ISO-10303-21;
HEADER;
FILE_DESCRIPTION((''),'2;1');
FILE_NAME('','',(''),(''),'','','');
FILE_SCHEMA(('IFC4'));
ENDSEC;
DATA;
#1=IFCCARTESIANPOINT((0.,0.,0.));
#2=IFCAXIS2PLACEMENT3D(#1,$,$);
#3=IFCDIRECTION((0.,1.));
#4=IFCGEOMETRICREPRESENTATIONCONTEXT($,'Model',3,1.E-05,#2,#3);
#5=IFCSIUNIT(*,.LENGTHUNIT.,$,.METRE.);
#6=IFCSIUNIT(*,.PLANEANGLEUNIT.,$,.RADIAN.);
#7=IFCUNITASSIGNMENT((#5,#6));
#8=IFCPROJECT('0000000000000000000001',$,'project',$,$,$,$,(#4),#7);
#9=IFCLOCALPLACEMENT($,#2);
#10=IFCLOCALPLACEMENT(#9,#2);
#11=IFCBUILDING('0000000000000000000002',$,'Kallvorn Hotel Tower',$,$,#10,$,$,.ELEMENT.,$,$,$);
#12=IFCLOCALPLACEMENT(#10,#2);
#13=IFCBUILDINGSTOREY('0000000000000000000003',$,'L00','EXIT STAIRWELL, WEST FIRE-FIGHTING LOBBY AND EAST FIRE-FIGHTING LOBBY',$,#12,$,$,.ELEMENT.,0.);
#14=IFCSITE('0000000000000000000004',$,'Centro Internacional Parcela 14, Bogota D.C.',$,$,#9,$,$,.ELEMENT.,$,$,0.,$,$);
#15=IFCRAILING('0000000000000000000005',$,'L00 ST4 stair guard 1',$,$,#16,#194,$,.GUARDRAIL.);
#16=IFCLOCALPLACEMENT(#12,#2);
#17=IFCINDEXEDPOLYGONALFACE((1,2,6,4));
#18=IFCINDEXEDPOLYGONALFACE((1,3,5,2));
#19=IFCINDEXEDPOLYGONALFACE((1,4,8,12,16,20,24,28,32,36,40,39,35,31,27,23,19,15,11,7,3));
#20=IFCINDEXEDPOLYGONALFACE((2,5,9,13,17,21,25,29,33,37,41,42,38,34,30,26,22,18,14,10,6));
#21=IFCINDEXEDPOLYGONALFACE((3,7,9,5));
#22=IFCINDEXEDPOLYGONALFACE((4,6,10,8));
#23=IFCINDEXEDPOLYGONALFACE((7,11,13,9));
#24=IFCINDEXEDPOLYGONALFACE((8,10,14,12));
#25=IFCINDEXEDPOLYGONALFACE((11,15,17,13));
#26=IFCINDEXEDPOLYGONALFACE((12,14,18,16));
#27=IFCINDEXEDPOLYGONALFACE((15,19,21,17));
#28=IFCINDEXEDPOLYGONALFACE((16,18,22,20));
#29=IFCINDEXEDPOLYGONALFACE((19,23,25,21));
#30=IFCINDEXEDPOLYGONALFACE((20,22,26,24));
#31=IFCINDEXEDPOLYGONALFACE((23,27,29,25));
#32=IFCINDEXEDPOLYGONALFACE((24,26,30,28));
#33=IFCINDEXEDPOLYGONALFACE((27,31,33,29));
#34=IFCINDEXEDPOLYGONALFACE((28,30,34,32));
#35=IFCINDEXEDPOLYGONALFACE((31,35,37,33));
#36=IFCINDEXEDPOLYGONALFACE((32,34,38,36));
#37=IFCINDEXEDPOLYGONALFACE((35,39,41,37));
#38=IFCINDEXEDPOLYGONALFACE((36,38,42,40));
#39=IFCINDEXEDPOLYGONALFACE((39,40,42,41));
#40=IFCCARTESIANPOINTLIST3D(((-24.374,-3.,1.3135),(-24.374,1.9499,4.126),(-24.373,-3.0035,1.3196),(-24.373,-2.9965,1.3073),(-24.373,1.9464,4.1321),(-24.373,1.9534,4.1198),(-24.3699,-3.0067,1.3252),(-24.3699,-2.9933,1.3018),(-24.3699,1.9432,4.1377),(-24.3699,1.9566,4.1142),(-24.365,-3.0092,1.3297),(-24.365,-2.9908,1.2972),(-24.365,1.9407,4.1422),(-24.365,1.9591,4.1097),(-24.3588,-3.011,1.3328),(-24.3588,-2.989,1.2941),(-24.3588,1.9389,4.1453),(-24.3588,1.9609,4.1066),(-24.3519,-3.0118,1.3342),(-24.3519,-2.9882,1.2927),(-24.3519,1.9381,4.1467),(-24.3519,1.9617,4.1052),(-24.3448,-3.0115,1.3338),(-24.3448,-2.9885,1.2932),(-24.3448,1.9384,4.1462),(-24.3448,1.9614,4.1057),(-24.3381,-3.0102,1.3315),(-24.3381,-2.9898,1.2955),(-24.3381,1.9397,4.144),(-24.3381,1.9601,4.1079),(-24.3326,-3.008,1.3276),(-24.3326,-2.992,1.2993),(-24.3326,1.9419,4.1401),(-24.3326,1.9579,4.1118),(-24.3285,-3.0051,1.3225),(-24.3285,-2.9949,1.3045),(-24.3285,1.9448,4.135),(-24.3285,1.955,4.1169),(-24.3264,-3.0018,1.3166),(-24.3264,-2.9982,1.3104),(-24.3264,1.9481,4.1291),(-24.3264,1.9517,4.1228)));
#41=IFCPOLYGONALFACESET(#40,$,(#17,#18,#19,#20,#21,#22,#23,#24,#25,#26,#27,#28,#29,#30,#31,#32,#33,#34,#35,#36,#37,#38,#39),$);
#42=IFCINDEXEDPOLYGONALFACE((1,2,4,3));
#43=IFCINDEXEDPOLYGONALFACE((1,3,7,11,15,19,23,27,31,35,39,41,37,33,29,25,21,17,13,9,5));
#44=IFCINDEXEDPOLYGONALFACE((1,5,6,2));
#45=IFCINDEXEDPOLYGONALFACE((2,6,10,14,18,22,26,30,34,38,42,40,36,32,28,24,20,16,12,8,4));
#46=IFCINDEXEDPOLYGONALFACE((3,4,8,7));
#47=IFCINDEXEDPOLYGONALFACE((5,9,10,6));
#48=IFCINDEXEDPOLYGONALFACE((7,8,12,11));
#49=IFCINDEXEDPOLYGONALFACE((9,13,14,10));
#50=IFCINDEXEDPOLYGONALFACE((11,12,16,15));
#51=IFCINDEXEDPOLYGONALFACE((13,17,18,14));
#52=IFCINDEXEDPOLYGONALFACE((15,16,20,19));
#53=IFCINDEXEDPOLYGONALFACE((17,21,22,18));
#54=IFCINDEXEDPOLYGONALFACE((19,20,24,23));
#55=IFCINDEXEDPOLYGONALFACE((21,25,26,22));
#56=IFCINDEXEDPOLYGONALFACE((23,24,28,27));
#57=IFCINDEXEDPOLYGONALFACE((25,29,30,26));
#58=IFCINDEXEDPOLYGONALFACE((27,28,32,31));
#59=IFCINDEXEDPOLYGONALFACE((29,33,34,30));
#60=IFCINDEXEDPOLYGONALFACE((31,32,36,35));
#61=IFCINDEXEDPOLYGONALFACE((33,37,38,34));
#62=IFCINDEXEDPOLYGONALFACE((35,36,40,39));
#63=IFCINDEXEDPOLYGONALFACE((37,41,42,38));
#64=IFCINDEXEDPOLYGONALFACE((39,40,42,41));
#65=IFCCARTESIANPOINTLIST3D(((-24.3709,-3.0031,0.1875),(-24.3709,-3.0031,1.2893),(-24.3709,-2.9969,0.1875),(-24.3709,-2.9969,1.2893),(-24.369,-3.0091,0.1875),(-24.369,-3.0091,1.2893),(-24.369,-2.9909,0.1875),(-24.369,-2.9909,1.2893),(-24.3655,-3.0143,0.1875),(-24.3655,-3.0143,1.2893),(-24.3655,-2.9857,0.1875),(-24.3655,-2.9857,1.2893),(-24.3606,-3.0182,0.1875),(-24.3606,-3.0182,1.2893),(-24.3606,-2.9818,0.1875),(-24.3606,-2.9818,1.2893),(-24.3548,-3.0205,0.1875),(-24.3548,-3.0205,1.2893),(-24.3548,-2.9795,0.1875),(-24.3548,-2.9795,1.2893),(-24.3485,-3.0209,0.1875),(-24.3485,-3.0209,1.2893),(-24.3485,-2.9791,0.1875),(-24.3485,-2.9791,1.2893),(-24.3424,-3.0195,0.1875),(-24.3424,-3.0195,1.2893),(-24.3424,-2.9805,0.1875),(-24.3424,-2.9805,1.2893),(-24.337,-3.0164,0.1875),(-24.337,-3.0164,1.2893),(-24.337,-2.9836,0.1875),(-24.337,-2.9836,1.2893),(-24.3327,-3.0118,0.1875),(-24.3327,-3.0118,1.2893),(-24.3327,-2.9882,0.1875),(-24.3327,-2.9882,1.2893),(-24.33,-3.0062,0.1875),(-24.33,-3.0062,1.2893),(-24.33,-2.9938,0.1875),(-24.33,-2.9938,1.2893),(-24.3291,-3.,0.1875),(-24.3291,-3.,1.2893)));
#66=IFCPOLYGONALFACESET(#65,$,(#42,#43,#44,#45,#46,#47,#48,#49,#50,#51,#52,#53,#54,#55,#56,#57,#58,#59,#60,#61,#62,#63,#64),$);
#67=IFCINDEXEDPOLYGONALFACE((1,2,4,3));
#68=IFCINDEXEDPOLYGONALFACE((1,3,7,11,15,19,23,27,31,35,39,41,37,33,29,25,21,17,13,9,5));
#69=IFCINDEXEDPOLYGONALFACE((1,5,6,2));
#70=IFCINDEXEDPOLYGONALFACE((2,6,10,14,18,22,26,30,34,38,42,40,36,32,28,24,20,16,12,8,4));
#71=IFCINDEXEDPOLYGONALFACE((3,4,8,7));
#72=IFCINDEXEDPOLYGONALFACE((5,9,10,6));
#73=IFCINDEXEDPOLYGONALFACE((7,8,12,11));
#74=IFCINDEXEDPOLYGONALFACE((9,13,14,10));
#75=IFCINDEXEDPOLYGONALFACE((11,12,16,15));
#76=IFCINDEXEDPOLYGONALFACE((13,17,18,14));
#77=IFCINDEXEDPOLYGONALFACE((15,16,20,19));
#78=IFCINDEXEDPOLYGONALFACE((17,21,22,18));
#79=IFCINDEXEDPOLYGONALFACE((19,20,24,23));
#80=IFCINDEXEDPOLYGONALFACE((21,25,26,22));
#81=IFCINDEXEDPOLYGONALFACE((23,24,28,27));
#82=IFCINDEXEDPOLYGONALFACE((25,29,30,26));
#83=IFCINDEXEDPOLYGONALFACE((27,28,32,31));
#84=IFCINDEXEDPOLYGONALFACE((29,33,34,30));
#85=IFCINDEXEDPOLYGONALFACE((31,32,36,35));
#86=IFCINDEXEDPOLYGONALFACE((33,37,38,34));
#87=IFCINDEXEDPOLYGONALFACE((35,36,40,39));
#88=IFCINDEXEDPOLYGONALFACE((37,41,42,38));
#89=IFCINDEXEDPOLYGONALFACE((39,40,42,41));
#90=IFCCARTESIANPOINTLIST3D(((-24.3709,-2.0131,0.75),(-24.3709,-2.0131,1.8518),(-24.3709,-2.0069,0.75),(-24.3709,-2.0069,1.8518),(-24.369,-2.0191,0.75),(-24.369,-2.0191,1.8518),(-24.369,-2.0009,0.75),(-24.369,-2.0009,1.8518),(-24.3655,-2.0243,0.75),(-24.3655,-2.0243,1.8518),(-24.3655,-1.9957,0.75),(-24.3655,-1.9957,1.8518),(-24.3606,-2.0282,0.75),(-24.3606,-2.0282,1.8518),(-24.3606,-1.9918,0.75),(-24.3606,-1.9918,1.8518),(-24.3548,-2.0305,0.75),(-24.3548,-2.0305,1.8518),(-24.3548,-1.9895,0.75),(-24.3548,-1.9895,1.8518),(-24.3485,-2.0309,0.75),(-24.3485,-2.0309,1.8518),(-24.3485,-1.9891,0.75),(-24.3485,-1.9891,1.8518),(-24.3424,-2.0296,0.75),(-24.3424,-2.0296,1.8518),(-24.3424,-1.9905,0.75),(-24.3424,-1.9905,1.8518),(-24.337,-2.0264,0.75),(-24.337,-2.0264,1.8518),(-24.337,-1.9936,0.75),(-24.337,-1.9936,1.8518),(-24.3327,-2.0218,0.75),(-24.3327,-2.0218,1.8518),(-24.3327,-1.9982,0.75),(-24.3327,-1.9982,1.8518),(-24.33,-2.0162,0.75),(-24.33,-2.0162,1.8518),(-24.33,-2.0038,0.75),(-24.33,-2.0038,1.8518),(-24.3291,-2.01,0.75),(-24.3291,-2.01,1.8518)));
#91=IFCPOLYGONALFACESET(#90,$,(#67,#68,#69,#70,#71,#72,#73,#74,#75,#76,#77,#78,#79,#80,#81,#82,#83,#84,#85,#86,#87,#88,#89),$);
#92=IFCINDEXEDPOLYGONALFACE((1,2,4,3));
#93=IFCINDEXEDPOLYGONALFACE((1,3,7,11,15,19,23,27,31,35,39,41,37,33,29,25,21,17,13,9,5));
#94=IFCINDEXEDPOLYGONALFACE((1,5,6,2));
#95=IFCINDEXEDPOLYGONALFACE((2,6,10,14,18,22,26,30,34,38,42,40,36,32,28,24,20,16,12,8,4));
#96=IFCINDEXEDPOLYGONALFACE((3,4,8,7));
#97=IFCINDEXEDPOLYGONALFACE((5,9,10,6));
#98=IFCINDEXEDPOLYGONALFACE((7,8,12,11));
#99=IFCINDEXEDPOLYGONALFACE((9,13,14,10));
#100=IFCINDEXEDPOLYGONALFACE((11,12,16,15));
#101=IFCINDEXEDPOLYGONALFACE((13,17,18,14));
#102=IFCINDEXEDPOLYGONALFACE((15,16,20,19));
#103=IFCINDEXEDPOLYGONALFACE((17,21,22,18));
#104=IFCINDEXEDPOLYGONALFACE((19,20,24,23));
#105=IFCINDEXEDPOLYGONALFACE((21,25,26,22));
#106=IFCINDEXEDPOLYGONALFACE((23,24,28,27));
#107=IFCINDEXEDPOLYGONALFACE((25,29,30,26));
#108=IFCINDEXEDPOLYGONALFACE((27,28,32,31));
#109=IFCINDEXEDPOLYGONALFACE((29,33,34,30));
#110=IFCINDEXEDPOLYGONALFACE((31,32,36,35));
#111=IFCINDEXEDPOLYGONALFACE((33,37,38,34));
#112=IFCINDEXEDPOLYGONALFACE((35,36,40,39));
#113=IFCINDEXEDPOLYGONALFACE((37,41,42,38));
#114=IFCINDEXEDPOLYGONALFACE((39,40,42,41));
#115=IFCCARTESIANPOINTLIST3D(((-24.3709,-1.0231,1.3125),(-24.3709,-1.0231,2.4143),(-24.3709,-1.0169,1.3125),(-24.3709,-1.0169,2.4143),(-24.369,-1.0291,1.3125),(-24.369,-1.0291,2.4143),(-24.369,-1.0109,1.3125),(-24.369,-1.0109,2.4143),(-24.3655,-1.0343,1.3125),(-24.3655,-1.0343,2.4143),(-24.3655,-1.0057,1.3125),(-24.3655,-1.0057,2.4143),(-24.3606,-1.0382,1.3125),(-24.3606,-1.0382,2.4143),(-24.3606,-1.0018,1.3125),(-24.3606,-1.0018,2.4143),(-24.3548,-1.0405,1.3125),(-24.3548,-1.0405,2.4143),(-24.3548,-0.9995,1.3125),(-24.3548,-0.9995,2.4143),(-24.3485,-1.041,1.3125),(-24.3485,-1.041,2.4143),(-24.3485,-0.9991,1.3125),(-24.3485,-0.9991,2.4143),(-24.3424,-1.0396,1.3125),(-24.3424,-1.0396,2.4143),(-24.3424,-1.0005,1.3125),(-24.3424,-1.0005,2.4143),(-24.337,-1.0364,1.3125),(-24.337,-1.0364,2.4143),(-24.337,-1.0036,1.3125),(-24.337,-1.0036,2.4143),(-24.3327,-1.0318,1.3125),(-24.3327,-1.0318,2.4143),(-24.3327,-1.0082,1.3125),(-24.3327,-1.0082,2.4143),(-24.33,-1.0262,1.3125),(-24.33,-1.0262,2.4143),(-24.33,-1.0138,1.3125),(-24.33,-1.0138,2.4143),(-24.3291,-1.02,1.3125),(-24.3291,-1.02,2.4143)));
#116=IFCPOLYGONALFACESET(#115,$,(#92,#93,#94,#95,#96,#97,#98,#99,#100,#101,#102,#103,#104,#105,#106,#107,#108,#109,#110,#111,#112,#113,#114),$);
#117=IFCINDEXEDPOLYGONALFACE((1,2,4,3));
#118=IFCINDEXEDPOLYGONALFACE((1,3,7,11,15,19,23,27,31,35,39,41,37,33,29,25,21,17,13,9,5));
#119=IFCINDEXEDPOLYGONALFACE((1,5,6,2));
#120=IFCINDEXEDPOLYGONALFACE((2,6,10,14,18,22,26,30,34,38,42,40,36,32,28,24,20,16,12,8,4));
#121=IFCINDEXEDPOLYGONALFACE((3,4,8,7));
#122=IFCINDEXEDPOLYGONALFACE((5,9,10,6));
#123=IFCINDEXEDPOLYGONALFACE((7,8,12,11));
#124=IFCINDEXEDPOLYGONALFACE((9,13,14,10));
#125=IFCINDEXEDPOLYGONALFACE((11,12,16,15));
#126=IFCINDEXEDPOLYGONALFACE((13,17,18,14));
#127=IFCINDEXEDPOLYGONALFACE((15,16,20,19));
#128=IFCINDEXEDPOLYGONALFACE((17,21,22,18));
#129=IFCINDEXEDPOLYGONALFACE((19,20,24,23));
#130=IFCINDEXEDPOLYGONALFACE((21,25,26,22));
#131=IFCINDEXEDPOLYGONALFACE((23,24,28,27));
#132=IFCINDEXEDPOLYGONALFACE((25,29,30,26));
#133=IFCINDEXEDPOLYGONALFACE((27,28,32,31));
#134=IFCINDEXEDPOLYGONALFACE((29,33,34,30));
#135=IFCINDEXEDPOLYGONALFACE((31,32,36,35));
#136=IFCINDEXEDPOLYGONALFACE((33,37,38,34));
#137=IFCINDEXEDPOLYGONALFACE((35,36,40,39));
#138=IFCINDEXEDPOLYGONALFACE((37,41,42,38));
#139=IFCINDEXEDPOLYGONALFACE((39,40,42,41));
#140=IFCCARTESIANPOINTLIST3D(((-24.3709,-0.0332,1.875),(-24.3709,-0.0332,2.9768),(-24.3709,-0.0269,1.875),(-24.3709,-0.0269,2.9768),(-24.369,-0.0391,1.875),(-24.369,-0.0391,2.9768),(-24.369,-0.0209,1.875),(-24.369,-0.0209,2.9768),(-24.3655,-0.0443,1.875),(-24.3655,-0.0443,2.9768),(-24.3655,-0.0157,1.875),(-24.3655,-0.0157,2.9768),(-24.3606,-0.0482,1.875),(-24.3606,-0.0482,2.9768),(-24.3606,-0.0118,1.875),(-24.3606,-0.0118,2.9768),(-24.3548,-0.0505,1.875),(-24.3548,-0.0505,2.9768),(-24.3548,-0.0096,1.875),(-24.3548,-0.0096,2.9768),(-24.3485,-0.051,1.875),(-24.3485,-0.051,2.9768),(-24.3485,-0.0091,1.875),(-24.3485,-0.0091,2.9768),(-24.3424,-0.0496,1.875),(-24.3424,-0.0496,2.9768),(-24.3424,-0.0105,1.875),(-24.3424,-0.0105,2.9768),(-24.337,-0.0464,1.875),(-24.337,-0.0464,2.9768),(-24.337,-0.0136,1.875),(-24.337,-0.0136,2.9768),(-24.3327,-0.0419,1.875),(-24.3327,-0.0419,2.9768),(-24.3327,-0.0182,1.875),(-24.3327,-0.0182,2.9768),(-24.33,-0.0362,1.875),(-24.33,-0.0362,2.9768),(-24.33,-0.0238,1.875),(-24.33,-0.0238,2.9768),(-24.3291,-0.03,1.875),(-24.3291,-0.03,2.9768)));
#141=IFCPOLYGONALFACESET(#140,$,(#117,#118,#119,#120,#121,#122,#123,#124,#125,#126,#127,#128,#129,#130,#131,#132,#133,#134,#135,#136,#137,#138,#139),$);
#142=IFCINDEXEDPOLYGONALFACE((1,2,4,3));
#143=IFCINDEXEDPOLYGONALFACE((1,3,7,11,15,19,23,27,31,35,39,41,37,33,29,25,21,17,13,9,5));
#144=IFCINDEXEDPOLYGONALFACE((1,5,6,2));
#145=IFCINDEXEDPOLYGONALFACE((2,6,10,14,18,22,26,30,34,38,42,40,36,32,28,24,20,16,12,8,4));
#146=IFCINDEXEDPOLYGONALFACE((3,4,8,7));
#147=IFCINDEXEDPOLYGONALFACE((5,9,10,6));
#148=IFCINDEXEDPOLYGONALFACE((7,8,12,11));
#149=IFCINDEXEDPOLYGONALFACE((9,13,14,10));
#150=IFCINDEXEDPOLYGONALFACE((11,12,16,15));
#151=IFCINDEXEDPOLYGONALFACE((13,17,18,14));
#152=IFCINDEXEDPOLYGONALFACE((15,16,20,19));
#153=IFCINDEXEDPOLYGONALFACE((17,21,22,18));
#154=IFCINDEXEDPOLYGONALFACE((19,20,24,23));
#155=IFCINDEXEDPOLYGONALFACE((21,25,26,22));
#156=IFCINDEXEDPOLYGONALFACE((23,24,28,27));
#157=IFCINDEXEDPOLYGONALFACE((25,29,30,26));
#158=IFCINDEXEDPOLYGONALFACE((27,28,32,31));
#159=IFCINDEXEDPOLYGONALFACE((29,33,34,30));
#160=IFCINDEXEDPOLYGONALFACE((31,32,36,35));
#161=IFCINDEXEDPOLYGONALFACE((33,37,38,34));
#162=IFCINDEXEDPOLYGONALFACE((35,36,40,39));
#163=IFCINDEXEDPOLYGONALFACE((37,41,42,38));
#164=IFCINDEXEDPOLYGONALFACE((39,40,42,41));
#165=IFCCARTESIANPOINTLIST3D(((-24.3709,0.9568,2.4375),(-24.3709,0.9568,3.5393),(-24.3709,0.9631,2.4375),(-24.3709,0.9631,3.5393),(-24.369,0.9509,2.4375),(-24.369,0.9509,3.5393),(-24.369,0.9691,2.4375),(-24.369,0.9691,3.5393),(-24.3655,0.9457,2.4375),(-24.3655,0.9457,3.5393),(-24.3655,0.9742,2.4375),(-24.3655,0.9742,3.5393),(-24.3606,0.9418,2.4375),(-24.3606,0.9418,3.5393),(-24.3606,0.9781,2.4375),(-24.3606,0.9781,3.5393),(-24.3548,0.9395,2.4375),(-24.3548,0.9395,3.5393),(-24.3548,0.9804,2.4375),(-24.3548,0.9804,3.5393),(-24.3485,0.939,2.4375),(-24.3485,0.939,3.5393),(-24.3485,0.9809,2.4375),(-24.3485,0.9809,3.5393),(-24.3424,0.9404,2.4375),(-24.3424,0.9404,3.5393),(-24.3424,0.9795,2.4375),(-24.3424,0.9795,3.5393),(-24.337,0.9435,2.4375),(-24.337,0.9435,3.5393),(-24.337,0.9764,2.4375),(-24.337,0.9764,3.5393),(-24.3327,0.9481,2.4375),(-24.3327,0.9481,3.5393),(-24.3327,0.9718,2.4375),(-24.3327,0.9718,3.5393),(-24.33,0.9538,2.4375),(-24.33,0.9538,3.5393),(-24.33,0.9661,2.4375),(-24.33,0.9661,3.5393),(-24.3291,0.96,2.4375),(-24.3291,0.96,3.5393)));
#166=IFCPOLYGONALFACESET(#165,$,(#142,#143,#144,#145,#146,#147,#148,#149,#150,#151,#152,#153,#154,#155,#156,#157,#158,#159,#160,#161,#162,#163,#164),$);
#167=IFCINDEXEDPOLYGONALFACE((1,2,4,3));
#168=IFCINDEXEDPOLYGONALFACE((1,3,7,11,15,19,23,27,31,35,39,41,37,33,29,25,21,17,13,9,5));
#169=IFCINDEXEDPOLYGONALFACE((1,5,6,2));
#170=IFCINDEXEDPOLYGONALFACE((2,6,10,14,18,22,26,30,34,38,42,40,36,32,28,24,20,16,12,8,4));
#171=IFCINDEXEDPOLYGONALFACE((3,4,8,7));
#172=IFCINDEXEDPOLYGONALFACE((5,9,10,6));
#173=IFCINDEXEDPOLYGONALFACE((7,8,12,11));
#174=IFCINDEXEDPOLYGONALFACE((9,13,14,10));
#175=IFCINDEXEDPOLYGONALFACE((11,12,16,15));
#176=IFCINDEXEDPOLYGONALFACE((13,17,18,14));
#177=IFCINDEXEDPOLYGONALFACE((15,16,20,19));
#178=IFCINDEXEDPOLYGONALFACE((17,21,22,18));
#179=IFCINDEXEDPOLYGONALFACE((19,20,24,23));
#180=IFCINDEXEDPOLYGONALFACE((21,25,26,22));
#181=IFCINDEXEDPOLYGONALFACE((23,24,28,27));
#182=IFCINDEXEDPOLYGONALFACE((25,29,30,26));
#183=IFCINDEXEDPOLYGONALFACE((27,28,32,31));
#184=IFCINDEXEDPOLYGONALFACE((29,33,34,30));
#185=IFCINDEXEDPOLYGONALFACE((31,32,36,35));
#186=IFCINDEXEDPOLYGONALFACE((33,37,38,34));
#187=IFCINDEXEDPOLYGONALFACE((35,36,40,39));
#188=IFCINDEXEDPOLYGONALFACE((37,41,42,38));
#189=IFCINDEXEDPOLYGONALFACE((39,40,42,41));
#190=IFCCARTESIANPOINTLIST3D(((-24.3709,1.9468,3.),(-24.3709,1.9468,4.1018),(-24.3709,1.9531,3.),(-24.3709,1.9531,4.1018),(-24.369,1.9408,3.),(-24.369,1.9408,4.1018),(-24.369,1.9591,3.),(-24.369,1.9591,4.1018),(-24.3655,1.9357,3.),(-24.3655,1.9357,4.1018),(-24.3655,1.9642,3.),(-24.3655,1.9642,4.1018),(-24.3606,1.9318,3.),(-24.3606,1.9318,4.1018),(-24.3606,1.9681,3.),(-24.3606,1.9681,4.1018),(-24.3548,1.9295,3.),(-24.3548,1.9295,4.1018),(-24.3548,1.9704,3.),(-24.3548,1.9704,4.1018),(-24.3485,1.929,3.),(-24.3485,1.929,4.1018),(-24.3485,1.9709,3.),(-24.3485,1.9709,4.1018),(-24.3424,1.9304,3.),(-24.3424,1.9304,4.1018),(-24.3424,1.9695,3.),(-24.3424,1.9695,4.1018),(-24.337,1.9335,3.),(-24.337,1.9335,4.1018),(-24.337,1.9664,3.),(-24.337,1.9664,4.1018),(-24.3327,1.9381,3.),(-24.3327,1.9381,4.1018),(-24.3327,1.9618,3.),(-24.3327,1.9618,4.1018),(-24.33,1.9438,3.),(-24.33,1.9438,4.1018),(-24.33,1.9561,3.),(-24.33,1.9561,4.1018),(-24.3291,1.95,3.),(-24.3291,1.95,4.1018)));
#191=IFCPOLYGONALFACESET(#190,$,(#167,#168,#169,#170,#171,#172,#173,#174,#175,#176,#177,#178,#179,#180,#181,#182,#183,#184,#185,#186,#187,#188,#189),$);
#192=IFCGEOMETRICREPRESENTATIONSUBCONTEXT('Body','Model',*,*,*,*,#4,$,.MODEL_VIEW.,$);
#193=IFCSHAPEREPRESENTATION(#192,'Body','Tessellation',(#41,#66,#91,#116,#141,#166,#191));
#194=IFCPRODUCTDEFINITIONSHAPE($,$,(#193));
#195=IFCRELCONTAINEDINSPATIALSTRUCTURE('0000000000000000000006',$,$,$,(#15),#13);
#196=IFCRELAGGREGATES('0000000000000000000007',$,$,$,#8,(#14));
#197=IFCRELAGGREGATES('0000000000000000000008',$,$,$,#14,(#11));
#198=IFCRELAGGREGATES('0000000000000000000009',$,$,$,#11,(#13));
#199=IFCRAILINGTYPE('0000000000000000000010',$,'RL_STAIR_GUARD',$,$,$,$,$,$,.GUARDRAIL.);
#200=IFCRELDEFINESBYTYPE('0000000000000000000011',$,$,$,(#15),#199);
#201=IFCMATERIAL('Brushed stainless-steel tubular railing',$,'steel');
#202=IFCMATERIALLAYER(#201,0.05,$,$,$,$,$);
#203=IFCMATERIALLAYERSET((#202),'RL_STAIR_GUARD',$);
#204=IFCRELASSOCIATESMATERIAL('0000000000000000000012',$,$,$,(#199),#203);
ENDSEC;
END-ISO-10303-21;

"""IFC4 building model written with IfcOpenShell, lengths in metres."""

from ifc_helpers import new_model, si_unit, direction, frame, origin, origin_2d, place, context, subcontext, project, spatial, circle, extrude, material, layer, layer_set, type_object, element, save


model = new_model("IFC4")

# Units and contexts
model_context = context("Model", 3, precision=1e-05, world=origin(), true_north=direction((0.0, 1.0)))
body_context = subcontext(model_context, "Body", "Model", "MODEL_VIEW")
ifc_project = project(units=[si_unit("LENGTHUNIT", "METRE"), si_unit("PLANEANGLEUNIT", "RADIAN")], contexts=[model_context])

# Site, building, storey
site_placement = place(None, origin())
site = spatial("IfcSite", under=ifc_project, at=site_placement, Name="Centro Internacional Parcela 14, Bogota D.C.", CompositionType="ELEMENT", RefElevation=0.0)
building_placement = place(site_placement, origin())
building = spatial("IfcBuilding", under=site, at=building_placement, Name="Kallvorn Hotel Tower", CompositionType="ELEMENT")
storey_placement = place(building_placement, origin())
storey = spatial("IfcBuildingStorey", under=building, at=storey_placement, Name="L00", Description="EXIT STAIRWELL, WEST FIRE-FIGHTING LOBBY AND EAST FIRE-FIGHTING LOBBY", CompositionType="ELEMENT", Elevation=0.0)

# Railing
ifc_material_1 = material(Name="Brushed stainless-steel tubular railing", Category="steel")
ifc_layer_1 = layer(ifc_material_1, 0.05)
ifc_layer_set_1 = layer_set([ifc_layer_1], Name="RL_STAIR_GUARD")
railing_type_1 = type_object("IfcRailingType", Name="RL_STAIR_GUARD", PredefinedType="GUARDRAIL", material=ifc_layer_set_1)
railing_1_placement = place(storey_placement, frame((-24.3501, -3.0, 0.1875)))
element("IfcRailing", 1, at=railing_1_placement, inside=storey, type_object=railing_type_1, Name="L00 ST4 stair guard 1", PredefinedType="GUARDRAIL", context=body_context, shape_type="SweptSolid", body=[
    extrude(circle(Radius=0.0239, at=origin_2d()), frame((0.0, 0.0, 1.126), z_axis=(0.0, 0.869454, 0.494013), x_axis=(-1.0, 0.0, 0.0)), (0.0, 0.0, 1.0), 5.6931),
    extrude(circle(Radius=0.021, at=origin_2d()), origin(), (0.0, 0.0, 1.0), 1.1018),
    extrude(circle(Radius=0.021, at=origin_2d()), frame((0.0, 0.99, 0.5625)), (0.0, 0.0, 1.0), 1.1018),
    extrude(circle(Radius=0.021, at=origin_2d()), frame((0.0, 1.98, 1.125)), (0.0, 0.0, 1.0), 1.1018),
    extrude(circle(Radius=0.021, at=origin_2d()), frame((0.0, 2.97, 1.6875)), (0.0, 0.0, 1.0), 1.1018),
    extrude(circle(Radius=0.021, at=origin_2d()), frame((0.0, 3.96, 2.25)), (0.0, 0.0, 1.0), 1.1018),
    extrude(circle(Radius=0.021, at=origin_2d()), frame((0.0, 4.95, 2.8125)), (0.0, 0.0, 1.0), 1.1018),
])

save(model, "model.ifc")
